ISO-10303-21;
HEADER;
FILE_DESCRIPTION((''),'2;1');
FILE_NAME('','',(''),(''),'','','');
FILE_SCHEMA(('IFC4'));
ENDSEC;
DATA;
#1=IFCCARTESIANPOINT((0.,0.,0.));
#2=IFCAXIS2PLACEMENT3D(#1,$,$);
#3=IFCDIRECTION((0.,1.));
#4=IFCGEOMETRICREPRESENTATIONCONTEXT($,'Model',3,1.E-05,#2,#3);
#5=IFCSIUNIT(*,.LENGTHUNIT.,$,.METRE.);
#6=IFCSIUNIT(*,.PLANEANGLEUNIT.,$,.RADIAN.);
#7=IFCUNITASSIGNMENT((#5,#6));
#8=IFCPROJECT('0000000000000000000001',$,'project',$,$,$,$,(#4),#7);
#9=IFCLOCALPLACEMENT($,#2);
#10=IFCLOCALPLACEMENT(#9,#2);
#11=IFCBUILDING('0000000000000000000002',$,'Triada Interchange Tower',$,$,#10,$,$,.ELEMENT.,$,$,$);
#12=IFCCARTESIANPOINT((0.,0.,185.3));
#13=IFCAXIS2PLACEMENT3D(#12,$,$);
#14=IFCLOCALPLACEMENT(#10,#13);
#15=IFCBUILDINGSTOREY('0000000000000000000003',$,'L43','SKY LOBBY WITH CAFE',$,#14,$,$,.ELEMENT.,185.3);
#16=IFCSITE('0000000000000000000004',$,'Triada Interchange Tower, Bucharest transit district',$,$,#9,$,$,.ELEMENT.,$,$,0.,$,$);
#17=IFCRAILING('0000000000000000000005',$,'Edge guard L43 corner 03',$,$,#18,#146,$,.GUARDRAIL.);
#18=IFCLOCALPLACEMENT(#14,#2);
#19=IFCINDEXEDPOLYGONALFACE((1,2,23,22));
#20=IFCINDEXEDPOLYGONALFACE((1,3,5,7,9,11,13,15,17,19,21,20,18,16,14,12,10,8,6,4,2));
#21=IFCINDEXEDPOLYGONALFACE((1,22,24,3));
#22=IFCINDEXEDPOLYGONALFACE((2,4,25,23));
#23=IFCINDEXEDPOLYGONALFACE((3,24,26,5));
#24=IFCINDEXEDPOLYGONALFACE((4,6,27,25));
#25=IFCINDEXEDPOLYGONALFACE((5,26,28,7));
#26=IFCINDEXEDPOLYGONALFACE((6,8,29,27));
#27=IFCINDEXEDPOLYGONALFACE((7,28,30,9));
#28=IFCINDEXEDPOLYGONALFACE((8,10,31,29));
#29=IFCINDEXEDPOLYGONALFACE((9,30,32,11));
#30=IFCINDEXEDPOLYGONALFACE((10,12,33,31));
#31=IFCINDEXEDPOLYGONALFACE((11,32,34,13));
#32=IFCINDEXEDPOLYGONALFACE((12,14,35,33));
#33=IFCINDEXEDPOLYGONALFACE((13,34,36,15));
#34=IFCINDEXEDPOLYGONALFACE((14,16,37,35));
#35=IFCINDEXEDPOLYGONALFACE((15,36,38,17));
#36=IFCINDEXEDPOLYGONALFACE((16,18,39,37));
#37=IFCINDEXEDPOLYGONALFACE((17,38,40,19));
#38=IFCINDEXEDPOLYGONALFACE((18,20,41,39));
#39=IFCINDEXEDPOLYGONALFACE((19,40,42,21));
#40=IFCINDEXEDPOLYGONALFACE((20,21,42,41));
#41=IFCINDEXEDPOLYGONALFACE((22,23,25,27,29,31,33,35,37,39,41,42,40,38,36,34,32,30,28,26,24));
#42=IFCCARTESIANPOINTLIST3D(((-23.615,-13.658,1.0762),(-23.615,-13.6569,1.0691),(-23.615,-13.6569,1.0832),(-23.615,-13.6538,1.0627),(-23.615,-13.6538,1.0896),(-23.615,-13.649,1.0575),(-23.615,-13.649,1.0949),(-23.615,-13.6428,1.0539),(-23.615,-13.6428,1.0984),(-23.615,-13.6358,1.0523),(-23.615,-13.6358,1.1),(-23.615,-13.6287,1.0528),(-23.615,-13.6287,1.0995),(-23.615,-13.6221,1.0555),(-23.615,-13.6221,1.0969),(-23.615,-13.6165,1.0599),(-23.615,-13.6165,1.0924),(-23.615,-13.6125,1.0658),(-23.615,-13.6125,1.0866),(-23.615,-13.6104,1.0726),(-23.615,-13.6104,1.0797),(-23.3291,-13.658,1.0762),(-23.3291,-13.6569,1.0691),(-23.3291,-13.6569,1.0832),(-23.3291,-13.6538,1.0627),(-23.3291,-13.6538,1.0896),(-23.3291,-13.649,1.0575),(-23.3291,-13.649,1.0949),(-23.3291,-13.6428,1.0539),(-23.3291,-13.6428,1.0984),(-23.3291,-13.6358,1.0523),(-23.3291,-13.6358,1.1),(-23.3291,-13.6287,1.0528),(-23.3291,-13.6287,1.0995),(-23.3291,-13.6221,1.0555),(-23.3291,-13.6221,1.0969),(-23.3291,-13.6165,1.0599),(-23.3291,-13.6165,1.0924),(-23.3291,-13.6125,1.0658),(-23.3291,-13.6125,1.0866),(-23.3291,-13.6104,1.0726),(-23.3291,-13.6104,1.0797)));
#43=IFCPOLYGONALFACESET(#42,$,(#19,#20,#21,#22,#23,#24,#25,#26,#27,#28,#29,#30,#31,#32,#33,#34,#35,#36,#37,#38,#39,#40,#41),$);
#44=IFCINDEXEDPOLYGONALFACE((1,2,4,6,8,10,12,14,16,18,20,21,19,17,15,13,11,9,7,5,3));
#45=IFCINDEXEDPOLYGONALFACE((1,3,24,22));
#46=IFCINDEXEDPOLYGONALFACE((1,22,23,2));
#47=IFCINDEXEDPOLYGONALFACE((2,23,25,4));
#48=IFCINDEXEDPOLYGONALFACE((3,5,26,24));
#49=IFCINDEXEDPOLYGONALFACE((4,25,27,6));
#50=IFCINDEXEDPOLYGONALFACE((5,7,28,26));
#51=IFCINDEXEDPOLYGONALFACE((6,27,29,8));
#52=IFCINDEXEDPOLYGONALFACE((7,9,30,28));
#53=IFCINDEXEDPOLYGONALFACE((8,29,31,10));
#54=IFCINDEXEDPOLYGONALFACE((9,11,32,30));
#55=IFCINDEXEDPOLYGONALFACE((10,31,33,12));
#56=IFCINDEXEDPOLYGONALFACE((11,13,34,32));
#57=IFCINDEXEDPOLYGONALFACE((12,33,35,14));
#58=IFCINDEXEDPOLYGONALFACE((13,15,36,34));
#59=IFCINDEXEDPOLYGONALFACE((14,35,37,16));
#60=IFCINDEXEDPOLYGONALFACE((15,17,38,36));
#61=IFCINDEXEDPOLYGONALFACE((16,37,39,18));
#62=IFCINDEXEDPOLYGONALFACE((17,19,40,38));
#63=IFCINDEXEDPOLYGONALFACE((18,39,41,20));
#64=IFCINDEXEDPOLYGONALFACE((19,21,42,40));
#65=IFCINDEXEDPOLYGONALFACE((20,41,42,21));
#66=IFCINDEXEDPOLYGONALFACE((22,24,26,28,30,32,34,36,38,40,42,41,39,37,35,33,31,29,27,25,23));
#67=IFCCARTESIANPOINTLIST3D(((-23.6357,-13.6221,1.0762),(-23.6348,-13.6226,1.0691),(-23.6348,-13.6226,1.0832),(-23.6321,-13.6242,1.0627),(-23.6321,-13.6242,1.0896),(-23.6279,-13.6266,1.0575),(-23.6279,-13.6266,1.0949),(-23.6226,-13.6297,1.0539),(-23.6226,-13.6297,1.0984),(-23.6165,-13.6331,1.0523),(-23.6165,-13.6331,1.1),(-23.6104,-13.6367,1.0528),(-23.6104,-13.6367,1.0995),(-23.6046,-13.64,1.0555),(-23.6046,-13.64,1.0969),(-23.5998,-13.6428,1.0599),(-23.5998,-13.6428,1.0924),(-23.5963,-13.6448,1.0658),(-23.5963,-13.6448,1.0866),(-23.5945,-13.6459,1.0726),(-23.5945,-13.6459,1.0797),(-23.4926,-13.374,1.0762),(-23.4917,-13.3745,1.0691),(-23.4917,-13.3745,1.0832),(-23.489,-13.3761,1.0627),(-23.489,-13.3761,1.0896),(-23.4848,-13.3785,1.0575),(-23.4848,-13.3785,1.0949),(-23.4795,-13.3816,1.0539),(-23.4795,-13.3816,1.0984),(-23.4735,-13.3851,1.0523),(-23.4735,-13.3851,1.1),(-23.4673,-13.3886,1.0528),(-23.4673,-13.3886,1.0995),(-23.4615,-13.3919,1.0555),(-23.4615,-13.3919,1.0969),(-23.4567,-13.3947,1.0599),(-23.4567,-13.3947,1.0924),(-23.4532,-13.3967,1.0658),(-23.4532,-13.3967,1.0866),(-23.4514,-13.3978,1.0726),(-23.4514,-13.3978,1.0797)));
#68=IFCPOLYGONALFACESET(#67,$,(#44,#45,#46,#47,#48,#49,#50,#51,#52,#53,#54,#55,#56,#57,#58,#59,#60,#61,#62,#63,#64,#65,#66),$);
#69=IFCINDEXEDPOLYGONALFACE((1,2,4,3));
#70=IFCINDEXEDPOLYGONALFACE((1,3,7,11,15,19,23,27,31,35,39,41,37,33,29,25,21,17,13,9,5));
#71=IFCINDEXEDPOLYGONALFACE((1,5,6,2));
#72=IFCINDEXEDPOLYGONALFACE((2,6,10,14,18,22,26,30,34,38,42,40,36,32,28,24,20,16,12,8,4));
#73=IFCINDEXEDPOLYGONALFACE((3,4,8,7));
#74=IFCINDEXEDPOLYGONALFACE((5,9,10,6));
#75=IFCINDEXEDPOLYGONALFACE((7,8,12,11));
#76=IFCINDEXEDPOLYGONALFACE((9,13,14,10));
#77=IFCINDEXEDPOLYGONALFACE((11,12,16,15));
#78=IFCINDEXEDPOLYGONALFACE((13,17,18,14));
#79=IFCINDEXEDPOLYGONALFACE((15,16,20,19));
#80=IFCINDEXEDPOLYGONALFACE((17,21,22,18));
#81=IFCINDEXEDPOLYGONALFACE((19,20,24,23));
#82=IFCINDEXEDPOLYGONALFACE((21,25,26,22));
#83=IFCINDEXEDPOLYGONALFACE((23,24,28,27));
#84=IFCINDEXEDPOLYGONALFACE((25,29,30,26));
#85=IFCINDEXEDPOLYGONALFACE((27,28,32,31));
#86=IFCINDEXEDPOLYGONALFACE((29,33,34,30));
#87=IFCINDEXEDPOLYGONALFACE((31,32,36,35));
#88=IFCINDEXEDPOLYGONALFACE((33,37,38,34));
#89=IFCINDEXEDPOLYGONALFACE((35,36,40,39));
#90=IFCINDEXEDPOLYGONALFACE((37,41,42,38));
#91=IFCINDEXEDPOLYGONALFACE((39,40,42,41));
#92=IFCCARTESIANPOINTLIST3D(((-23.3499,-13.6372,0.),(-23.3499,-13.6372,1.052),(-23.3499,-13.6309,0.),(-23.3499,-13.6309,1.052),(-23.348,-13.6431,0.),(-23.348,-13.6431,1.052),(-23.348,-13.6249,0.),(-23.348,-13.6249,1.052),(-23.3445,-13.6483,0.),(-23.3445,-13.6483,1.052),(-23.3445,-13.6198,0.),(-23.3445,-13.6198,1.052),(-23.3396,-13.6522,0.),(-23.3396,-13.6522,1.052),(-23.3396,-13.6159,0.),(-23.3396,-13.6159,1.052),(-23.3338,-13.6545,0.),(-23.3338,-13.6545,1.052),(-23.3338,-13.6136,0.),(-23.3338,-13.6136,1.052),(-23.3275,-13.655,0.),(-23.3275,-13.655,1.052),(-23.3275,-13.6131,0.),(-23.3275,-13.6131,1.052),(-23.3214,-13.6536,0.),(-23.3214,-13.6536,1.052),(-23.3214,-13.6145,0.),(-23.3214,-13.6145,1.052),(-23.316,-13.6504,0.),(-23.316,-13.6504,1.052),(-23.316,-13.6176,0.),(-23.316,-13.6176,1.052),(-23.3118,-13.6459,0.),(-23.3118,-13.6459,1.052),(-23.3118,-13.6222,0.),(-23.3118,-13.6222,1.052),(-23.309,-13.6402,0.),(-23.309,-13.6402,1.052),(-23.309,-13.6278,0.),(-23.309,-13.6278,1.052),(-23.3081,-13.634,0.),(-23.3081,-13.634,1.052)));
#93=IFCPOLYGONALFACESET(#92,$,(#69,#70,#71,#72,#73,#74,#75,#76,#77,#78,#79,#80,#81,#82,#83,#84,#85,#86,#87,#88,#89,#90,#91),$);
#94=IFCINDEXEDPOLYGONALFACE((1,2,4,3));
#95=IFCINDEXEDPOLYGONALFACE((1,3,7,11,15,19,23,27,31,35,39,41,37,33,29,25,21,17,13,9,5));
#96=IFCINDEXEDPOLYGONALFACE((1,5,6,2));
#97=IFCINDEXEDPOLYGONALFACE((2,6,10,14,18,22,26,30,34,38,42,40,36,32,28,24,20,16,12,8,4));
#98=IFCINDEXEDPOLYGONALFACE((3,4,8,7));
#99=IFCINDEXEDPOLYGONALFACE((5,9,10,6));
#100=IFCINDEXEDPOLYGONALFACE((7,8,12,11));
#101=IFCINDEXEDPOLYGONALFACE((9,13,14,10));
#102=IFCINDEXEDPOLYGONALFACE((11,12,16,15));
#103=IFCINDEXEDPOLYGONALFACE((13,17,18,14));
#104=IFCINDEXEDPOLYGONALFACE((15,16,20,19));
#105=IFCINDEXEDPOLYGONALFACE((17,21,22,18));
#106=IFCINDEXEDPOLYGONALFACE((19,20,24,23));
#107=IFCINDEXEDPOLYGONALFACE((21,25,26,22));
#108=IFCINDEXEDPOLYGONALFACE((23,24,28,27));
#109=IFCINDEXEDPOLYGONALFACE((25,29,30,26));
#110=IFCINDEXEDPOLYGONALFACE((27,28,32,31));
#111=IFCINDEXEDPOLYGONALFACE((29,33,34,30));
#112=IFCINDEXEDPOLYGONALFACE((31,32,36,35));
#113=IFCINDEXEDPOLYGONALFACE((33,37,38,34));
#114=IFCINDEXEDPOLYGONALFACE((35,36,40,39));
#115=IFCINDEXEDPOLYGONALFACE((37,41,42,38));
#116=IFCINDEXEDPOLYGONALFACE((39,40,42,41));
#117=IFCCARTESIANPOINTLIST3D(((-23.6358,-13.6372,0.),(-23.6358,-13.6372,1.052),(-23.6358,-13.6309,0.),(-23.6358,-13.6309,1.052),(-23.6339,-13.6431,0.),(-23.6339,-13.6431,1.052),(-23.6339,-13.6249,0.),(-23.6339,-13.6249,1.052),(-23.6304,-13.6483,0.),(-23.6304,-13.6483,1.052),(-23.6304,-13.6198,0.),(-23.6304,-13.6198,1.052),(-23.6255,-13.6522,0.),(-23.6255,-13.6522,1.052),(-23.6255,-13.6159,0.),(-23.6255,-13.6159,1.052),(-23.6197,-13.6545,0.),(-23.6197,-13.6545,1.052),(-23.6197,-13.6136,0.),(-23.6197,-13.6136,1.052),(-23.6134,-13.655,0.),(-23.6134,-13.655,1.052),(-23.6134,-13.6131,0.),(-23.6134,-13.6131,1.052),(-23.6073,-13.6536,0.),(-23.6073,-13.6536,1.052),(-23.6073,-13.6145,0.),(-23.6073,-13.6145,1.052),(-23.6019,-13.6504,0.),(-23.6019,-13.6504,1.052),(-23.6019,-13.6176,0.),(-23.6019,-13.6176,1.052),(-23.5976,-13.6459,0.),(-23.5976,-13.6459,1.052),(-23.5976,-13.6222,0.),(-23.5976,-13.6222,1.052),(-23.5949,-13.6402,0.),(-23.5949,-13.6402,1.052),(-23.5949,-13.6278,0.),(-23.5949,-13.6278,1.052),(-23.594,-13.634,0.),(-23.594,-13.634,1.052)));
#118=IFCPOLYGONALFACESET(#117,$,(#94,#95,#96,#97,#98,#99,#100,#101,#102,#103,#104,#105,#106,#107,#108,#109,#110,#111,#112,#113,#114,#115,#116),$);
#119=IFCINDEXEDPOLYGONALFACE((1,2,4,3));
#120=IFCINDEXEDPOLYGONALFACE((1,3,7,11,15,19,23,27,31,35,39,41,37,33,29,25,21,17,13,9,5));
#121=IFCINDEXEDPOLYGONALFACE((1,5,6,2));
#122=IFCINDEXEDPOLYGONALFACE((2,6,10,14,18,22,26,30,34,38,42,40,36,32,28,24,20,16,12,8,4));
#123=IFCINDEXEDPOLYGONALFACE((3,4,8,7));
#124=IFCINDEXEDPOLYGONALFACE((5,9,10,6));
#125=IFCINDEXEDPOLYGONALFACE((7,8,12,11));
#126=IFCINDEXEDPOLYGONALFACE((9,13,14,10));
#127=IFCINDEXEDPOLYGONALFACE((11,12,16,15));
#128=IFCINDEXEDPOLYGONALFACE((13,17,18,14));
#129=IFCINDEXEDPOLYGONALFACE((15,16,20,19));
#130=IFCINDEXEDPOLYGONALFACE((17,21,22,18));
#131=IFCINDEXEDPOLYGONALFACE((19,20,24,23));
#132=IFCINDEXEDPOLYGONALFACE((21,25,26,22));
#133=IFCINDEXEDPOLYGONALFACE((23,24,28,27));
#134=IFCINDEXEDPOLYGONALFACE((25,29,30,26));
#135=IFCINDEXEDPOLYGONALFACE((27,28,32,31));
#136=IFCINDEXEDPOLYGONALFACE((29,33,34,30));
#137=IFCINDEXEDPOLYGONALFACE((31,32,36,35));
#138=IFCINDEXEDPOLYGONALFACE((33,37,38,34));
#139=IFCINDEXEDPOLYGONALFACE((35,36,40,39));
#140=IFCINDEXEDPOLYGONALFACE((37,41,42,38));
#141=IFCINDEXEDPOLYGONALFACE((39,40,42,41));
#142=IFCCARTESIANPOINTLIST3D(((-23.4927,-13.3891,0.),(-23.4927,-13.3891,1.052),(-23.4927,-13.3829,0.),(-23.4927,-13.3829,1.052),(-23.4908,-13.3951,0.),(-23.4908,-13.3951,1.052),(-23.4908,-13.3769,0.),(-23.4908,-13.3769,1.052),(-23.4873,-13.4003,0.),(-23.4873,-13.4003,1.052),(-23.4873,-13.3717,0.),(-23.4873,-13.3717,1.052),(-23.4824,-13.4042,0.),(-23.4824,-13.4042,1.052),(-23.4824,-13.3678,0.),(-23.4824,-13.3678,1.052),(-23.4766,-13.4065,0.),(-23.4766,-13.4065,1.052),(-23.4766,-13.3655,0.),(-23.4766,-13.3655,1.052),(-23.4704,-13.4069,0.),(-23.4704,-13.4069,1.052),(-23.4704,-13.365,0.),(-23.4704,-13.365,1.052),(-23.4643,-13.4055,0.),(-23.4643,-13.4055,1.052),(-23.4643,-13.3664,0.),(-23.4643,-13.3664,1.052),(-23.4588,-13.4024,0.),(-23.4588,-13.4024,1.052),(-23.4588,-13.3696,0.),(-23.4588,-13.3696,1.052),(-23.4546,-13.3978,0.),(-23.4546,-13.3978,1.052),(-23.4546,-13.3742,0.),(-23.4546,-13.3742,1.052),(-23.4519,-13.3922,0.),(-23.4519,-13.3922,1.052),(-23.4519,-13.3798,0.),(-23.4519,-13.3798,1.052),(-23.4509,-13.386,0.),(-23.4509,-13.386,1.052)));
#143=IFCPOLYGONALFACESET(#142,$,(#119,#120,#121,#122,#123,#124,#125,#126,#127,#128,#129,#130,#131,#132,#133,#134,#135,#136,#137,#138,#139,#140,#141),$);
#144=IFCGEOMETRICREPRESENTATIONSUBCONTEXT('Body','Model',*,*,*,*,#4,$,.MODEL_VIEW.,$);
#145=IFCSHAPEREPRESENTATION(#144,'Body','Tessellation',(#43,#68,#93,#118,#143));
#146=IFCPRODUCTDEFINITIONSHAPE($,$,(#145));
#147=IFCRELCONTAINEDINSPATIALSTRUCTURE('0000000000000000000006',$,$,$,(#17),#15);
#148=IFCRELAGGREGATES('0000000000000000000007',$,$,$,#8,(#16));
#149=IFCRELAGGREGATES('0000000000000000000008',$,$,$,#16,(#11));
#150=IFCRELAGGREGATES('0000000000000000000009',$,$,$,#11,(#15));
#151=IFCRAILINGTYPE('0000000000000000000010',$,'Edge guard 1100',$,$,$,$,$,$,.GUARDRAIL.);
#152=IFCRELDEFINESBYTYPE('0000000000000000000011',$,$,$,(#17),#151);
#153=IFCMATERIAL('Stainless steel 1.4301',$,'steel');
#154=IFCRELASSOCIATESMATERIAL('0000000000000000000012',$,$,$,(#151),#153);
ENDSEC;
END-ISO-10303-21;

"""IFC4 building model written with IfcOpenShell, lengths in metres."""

from ifc_helpers import new_model, si_unit, direction, frame, origin, origin_2d, place, context, subcontext, project, spatial, circle, extrude, material, type_object, element, save


model = new_model("IFC4")

# Units and contexts
model_context = context("Model", 3, precision=1e-05, world=origin(), true_north=direction((0.0, 1.0)))
body_context = subcontext(model_context, "Body", "Model", "MODEL_VIEW")
ifc_project = project(units=[si_unit("LENGTHUNIT", "METRE"), si_unit("PLANEANGLEUNIT", "RADIAN")], contexts=[model_context])

# Site, building, storey
site_placement = place(None, origin())
site = spatial("IfcSite", under=ifc_project, at=site_placement, Name="Triada Interchange Tower, Bucharest transit district", CompositionType="ELEMENT", RefElevation=0.0)
building_placement = place(site_placement, origin())
building = spatial("IfcBuilding", under=site, at=building_placement, Name="Triada Interchange Tower", CompositionType="ELEMENT")
storey_placement = place(building_placement, frame((0.0, 0.0, 185.3)))
storey = spatial("IfcBuildingStorey", under=building, at=storey_placement, Name="L43", Description="SKY LOBBY WITH CAFE", CompositionType="ELEMENT", Elevation=185.3)

# Railing
ifc_material_1 = material(Name="Stainless steel 1.4301", Category="steel")
railing_type = type_object("IfcRailingType", Name="Edge guard 1100", PredefinedType="GUARDRAIL", material=ifc_material_1)
railing_1_placement = place(storey_placement, frame((-23.3291, -13.634, 0.0)))
element("IfcRailing", 1, at=railing_1_placement, inside=storey, type_object=railing_type, Name="Edge guard L43 corner 03", PredefinedType="GUARDRAIL", context=body_context, shape_type="SweptSolid", body=[
    extrude(circle(Radius=0.0239, at=origin_2d()), frame((0.0, 0.0, 1.0762), z_axis=(-1.0, 0.0, 0.0), x_axis=(0.0, -1.0, 0.0)), (0.0, 0.0, 1.0), 0.2859),
    extrude(circle(Radius=0.0239, at=origin_2d()), frame((-0.2859, 0.0, 1.0762), z_axis=(0.499624, 0.866242, 0.0), x_axis=(-0.866242, 0.499624, 0.0)), (0.0, 0.0, 1.0), 0.2864),
    extrude(circle(Radius=0.021, at=origin_2d()), origin(), (0.0, 0.0, 1.0), 1.052),
    extrude(circle(Radius=0.021, at=origin_2d()), frame((-0.2859, 0.0, 0.0)), (0.0, 0.0, 1.0), 1.052),
    extrude(circle(Radius=0.021, at=origin_2d()), frame((-0.1428, 0.248, 0.0)), (0.0, 0.0, 1.0), 1.052),
])

save(model, "model.ifc")
